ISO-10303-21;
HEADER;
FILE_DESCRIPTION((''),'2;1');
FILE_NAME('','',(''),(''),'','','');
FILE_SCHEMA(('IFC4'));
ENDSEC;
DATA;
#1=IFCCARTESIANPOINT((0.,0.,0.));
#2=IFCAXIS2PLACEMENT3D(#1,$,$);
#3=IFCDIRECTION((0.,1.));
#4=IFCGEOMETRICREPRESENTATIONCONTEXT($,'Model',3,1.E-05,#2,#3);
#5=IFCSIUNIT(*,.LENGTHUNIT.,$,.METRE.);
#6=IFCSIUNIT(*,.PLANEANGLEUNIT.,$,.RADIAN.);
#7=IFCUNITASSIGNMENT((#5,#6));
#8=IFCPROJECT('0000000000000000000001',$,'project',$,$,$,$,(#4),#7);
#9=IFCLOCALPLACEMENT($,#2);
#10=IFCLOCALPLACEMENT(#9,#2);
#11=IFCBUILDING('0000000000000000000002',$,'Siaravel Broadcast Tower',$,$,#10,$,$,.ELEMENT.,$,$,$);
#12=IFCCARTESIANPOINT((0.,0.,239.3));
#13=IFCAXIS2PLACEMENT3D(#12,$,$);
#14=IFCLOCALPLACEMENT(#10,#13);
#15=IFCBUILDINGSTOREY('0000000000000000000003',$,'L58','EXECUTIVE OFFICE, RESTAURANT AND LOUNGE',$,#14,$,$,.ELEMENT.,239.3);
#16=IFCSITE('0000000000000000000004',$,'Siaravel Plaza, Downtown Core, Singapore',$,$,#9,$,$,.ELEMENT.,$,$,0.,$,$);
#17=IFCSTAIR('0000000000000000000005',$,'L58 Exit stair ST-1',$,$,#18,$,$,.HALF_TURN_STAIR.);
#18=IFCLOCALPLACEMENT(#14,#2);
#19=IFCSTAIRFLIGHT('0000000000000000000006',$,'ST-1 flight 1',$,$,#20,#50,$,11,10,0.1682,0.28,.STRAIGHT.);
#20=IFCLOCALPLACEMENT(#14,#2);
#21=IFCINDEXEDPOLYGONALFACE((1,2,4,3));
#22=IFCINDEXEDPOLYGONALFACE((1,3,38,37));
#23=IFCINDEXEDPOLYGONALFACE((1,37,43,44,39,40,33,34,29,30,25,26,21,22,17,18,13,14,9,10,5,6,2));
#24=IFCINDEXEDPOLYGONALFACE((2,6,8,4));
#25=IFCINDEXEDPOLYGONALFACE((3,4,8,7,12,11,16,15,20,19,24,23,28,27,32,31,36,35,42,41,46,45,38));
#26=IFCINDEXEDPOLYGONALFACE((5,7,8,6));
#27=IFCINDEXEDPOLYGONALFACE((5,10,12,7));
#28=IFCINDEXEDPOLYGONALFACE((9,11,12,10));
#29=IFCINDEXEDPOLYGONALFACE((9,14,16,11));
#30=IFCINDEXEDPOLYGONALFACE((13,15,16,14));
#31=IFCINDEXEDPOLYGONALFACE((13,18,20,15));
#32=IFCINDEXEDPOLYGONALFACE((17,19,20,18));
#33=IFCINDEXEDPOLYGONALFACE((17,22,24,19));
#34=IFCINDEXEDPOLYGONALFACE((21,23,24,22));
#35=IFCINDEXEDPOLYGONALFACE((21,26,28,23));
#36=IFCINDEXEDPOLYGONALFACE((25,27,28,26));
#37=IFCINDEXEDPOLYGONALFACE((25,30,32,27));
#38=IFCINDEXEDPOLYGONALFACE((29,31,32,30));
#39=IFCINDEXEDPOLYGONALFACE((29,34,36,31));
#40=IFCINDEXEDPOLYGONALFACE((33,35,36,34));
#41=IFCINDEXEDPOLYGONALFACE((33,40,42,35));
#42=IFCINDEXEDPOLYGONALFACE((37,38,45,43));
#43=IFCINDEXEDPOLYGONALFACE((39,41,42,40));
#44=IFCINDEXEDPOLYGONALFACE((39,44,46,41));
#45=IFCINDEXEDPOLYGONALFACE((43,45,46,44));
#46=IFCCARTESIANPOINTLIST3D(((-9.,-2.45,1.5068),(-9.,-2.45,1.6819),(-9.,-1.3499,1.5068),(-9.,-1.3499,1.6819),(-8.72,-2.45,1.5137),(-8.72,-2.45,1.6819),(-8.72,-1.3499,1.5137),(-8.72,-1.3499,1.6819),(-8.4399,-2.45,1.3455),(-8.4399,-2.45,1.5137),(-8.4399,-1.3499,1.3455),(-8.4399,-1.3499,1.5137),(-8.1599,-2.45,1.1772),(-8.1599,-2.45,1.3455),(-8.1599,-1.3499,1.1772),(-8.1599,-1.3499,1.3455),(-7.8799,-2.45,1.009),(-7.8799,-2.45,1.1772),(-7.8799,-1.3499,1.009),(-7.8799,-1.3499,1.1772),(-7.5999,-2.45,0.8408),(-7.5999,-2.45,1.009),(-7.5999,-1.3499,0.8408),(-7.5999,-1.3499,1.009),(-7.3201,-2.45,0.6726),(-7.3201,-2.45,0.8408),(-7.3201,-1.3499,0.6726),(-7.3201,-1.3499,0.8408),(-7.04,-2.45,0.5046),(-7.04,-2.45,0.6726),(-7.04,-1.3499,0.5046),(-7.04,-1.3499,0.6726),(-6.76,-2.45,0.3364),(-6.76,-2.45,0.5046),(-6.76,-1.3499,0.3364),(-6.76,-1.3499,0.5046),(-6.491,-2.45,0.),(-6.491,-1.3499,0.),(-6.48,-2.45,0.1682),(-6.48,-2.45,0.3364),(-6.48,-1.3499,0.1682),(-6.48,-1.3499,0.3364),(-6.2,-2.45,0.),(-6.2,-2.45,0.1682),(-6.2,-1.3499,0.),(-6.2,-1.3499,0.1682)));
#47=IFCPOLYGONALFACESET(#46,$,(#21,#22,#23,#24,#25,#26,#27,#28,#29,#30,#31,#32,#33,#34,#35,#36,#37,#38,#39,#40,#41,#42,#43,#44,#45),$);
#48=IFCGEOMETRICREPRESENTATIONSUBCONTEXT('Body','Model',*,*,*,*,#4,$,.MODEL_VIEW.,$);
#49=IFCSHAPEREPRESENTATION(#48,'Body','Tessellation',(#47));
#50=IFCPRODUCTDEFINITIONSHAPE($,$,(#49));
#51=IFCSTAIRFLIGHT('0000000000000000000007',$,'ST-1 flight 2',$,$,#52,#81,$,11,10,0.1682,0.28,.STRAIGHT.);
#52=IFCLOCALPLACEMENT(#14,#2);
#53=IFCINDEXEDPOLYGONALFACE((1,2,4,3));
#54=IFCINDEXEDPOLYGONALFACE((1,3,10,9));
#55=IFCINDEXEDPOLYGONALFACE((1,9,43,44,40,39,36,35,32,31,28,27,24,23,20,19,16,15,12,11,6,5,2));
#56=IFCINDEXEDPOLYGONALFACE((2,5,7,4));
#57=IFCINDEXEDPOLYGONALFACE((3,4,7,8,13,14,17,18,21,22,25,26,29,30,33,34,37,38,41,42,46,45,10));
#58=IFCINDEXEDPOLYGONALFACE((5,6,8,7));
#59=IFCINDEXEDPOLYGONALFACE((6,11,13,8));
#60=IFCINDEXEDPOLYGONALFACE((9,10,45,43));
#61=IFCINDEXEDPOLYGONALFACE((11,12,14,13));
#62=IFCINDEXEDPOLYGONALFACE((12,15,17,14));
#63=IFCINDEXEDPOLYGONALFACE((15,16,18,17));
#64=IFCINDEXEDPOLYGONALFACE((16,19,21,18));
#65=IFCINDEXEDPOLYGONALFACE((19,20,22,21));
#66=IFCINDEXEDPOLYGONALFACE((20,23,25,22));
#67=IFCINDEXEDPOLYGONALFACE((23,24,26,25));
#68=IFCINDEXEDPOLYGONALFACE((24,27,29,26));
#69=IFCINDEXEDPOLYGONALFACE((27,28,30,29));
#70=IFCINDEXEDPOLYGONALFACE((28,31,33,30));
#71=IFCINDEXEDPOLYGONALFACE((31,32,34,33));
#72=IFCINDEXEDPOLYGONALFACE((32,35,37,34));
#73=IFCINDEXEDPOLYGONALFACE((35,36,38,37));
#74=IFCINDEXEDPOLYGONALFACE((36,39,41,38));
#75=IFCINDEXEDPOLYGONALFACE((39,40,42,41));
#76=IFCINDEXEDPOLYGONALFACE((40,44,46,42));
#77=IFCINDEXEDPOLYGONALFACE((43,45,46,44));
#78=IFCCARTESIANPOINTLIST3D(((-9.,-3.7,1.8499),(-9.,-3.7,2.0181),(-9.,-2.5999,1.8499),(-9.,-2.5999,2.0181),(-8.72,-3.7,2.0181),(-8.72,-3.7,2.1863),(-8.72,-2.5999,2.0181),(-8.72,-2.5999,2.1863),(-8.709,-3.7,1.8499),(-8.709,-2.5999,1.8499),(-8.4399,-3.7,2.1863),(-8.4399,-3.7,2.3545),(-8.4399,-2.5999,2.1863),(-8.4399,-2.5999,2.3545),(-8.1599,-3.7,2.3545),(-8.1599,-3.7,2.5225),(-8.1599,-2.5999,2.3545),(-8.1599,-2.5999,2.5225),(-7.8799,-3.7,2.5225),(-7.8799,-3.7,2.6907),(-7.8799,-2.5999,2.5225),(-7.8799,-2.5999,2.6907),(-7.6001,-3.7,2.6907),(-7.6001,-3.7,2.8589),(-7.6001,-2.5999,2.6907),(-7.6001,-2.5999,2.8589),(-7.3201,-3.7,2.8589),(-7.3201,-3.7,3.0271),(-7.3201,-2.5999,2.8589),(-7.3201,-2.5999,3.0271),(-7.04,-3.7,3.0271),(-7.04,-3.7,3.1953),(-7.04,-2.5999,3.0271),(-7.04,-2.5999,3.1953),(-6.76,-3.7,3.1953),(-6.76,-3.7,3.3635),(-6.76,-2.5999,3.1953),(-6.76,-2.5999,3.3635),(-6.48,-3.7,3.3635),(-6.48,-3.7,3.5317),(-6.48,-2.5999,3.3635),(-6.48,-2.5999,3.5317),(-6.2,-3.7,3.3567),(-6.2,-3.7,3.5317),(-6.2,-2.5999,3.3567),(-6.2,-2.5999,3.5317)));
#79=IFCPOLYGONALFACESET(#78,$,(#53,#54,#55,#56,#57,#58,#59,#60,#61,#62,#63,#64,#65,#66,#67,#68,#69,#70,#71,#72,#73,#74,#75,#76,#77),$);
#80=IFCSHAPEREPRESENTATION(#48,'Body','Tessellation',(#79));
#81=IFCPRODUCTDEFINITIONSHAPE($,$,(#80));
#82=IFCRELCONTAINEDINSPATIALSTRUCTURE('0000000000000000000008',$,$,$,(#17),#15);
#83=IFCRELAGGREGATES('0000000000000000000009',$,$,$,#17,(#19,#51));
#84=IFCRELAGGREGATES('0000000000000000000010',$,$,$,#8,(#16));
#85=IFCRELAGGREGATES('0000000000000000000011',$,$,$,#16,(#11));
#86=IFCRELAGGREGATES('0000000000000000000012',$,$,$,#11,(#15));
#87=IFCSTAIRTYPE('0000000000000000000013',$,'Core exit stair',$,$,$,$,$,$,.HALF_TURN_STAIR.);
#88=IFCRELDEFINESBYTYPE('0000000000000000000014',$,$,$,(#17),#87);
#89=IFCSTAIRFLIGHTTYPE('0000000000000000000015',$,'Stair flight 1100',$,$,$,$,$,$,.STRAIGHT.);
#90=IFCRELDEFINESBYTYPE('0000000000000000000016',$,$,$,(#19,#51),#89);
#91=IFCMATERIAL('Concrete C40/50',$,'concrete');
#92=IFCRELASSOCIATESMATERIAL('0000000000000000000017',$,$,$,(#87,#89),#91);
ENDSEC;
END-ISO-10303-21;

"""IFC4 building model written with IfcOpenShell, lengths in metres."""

from ifc_helpers import new_model, si_unit, direction, frame, origin, place, context, subcontext, project, spatial, polyline, outline, extrude, material, type_object, element, aggregate, save


model = new_model("IFC4")

# Units and contexts
model_context = context("Model", 3, precision=1e-05, world=origin(), true_north=direction((0.0, 1.0)))
body_context = subcontext(model_context, "Body", "Model", "MODEL_VIEW")
ifc_project = project(units=[si_unit("LENGTHUNIT", "METRE"), si_unit("PLANEANGLEUNIT", "RADIAN")], contexts=[model_context])

# Site, building, storey
site_placement = place(None, origin())
site = spatial("IfcSite", under=ifc_project, at=site_placement, Name="Siaravel Plaza, Downtown Core, Singapore", CompositionType="ELEMENT", RefElevation=0.0)
building_placement = place(site_placement, origin())
building = spatial("IfcBuilding", under=site, at=building_placement, Name="Siaravel Broadcast Tower", CompositionType="ELEMENT")
storey_placement = place(building_placement, frame((0.0, 0.0, 239.3)))
storey = spatial("IfcBuildingStorey", under=building, at=storey_placement, Name="L58", Description="EXECUTIVE OFFICE, RESTAURANT AND LOUNGE", CompositionType="ELEMENT", Elevation=239.3)

# Stair, stair flights
ifc_material_1 = material(Name="Concrete C40/50", Category="concrete")
stair_type = type_object("IfcStairType", Name="Core exit stair", PredefinedType="HALF_TURN_STAIR", material=ifc_material_1)
stair_placement = place(storey_placement, origin())
stair = element("IfcStair", 1, at=stair_placement, inside=storey, type_object=stair_type, Name="L58 Exit stair ST-1", PredefinedType="HALF_TURN_STAIR")
stair_flight_type = type_object("IfcStairFlightType", Name="Stair flight 1100", PredefinedType="STRAIGHT", material=ifc_material_1)
stair_flight_1_placement = place(storey_placement, frame((-6.2, -1.8999, 0.0), z_axis=(0.0, 0.0, 1.0), x_axis=(-1.0, 0.0, 0.0)))
stair_flight_1 = element("IfcStairFlight", 2, at=stair_flight_1_placement, type_object=stair_flight_type, Name="ST-1 flight 1", NumberOfRisers=11, NumberOfTreads=10, PredefinedType="STRAIGHT", RiserHeight=0.1682, TreadLength=0.28, context=body_context, shape_type="SweptSolid", body=[
    extrude(outline(polyline([(0.0, 0.0), (0.0, 0.1682), (0.28, 0.1682), (0.28, 0.3364), (0.5601, 0.3364), (0.5601, 0.5046), (0.8401, 0.5046), (0.8401, 0.6726), (1.1201, 0.6726), (1.1201, 0.8408), (1.3999, 0.8408), (1.3999, 1.009), (1.6799, 1.009), (1.6799, 1.1772), (1.96, 1.1772), (1.96, 1.3455), (2.24, 1.3455), (2.24, 1.5137), (2.52, 1.5137), (2.52, 1.6819), (2.8, 1.6819), (2.8, 1.8501), (2.8, 1.5068), (0.291, 0.0), (0.0, 0.0)])), frame((0.0, 0.55, 0.0), z_axis=(0.0, -1.0, 0.0), x_axis=(1.0, 0.0, 0.0)), (0.0, 0.0, 1.0), 1.1001),
])
stair_flight_2_placement = place(storey_placement, frame((-9.0, -3.1499, 1.8499), z_axis=(0.0, 0.0, 1.0), x_axis=(1.0, 0.0, 0.0)))
stair_flight_2 = element("IfcStairFlight", 3, at=stair_flight_2_placement, type_object=stair_flight_type, Name="ST-1 flight 2", NumberOfRisers=11, NumberOfTreads=10, PredefinedType="STRAIGHT", RiserHeight=0.1682, TreadLength=0.28, context=body_context, shape_type="SweptSolid", body=[
    extrude(outline(polyline([(0.0, 0.0), (0.0, 0.1682), (0.28, 0.1682), (0.28, 0.3364), (0.5601, 0.3364), (0.5601, 0.5046), (0.8401, 0.5046), (0.8401, 0.6726), (1.1201, 0.6726), (1.1201, 0.8408), (1.3999, 0.8408), (1.3999, 1.009), (1.6799, 1.009), (1.6799, 1.1772), (1.96, 1.1772), (1.96, 1.3455), (2.24, 1.3455), (2.24, 1.5137), (2.52, 1.5137), (2.52, 1.6819), (2.8, 1.6819), (2.8, 1.8501), (2.8, 1.5068), (0.291, 0.0), (0.0, 0.0)])), frame((0.0, 0.55, 0.0), z_axis=(0.0, -1.0, 0.0), x_axis=(1.0, 0.0, 0.0)), (0.0, 0.0, 1.0), 1.1001),
])
aggregate(stair, [stair_flight_1, stair_flight_2])

save(model, "model.ifc")
